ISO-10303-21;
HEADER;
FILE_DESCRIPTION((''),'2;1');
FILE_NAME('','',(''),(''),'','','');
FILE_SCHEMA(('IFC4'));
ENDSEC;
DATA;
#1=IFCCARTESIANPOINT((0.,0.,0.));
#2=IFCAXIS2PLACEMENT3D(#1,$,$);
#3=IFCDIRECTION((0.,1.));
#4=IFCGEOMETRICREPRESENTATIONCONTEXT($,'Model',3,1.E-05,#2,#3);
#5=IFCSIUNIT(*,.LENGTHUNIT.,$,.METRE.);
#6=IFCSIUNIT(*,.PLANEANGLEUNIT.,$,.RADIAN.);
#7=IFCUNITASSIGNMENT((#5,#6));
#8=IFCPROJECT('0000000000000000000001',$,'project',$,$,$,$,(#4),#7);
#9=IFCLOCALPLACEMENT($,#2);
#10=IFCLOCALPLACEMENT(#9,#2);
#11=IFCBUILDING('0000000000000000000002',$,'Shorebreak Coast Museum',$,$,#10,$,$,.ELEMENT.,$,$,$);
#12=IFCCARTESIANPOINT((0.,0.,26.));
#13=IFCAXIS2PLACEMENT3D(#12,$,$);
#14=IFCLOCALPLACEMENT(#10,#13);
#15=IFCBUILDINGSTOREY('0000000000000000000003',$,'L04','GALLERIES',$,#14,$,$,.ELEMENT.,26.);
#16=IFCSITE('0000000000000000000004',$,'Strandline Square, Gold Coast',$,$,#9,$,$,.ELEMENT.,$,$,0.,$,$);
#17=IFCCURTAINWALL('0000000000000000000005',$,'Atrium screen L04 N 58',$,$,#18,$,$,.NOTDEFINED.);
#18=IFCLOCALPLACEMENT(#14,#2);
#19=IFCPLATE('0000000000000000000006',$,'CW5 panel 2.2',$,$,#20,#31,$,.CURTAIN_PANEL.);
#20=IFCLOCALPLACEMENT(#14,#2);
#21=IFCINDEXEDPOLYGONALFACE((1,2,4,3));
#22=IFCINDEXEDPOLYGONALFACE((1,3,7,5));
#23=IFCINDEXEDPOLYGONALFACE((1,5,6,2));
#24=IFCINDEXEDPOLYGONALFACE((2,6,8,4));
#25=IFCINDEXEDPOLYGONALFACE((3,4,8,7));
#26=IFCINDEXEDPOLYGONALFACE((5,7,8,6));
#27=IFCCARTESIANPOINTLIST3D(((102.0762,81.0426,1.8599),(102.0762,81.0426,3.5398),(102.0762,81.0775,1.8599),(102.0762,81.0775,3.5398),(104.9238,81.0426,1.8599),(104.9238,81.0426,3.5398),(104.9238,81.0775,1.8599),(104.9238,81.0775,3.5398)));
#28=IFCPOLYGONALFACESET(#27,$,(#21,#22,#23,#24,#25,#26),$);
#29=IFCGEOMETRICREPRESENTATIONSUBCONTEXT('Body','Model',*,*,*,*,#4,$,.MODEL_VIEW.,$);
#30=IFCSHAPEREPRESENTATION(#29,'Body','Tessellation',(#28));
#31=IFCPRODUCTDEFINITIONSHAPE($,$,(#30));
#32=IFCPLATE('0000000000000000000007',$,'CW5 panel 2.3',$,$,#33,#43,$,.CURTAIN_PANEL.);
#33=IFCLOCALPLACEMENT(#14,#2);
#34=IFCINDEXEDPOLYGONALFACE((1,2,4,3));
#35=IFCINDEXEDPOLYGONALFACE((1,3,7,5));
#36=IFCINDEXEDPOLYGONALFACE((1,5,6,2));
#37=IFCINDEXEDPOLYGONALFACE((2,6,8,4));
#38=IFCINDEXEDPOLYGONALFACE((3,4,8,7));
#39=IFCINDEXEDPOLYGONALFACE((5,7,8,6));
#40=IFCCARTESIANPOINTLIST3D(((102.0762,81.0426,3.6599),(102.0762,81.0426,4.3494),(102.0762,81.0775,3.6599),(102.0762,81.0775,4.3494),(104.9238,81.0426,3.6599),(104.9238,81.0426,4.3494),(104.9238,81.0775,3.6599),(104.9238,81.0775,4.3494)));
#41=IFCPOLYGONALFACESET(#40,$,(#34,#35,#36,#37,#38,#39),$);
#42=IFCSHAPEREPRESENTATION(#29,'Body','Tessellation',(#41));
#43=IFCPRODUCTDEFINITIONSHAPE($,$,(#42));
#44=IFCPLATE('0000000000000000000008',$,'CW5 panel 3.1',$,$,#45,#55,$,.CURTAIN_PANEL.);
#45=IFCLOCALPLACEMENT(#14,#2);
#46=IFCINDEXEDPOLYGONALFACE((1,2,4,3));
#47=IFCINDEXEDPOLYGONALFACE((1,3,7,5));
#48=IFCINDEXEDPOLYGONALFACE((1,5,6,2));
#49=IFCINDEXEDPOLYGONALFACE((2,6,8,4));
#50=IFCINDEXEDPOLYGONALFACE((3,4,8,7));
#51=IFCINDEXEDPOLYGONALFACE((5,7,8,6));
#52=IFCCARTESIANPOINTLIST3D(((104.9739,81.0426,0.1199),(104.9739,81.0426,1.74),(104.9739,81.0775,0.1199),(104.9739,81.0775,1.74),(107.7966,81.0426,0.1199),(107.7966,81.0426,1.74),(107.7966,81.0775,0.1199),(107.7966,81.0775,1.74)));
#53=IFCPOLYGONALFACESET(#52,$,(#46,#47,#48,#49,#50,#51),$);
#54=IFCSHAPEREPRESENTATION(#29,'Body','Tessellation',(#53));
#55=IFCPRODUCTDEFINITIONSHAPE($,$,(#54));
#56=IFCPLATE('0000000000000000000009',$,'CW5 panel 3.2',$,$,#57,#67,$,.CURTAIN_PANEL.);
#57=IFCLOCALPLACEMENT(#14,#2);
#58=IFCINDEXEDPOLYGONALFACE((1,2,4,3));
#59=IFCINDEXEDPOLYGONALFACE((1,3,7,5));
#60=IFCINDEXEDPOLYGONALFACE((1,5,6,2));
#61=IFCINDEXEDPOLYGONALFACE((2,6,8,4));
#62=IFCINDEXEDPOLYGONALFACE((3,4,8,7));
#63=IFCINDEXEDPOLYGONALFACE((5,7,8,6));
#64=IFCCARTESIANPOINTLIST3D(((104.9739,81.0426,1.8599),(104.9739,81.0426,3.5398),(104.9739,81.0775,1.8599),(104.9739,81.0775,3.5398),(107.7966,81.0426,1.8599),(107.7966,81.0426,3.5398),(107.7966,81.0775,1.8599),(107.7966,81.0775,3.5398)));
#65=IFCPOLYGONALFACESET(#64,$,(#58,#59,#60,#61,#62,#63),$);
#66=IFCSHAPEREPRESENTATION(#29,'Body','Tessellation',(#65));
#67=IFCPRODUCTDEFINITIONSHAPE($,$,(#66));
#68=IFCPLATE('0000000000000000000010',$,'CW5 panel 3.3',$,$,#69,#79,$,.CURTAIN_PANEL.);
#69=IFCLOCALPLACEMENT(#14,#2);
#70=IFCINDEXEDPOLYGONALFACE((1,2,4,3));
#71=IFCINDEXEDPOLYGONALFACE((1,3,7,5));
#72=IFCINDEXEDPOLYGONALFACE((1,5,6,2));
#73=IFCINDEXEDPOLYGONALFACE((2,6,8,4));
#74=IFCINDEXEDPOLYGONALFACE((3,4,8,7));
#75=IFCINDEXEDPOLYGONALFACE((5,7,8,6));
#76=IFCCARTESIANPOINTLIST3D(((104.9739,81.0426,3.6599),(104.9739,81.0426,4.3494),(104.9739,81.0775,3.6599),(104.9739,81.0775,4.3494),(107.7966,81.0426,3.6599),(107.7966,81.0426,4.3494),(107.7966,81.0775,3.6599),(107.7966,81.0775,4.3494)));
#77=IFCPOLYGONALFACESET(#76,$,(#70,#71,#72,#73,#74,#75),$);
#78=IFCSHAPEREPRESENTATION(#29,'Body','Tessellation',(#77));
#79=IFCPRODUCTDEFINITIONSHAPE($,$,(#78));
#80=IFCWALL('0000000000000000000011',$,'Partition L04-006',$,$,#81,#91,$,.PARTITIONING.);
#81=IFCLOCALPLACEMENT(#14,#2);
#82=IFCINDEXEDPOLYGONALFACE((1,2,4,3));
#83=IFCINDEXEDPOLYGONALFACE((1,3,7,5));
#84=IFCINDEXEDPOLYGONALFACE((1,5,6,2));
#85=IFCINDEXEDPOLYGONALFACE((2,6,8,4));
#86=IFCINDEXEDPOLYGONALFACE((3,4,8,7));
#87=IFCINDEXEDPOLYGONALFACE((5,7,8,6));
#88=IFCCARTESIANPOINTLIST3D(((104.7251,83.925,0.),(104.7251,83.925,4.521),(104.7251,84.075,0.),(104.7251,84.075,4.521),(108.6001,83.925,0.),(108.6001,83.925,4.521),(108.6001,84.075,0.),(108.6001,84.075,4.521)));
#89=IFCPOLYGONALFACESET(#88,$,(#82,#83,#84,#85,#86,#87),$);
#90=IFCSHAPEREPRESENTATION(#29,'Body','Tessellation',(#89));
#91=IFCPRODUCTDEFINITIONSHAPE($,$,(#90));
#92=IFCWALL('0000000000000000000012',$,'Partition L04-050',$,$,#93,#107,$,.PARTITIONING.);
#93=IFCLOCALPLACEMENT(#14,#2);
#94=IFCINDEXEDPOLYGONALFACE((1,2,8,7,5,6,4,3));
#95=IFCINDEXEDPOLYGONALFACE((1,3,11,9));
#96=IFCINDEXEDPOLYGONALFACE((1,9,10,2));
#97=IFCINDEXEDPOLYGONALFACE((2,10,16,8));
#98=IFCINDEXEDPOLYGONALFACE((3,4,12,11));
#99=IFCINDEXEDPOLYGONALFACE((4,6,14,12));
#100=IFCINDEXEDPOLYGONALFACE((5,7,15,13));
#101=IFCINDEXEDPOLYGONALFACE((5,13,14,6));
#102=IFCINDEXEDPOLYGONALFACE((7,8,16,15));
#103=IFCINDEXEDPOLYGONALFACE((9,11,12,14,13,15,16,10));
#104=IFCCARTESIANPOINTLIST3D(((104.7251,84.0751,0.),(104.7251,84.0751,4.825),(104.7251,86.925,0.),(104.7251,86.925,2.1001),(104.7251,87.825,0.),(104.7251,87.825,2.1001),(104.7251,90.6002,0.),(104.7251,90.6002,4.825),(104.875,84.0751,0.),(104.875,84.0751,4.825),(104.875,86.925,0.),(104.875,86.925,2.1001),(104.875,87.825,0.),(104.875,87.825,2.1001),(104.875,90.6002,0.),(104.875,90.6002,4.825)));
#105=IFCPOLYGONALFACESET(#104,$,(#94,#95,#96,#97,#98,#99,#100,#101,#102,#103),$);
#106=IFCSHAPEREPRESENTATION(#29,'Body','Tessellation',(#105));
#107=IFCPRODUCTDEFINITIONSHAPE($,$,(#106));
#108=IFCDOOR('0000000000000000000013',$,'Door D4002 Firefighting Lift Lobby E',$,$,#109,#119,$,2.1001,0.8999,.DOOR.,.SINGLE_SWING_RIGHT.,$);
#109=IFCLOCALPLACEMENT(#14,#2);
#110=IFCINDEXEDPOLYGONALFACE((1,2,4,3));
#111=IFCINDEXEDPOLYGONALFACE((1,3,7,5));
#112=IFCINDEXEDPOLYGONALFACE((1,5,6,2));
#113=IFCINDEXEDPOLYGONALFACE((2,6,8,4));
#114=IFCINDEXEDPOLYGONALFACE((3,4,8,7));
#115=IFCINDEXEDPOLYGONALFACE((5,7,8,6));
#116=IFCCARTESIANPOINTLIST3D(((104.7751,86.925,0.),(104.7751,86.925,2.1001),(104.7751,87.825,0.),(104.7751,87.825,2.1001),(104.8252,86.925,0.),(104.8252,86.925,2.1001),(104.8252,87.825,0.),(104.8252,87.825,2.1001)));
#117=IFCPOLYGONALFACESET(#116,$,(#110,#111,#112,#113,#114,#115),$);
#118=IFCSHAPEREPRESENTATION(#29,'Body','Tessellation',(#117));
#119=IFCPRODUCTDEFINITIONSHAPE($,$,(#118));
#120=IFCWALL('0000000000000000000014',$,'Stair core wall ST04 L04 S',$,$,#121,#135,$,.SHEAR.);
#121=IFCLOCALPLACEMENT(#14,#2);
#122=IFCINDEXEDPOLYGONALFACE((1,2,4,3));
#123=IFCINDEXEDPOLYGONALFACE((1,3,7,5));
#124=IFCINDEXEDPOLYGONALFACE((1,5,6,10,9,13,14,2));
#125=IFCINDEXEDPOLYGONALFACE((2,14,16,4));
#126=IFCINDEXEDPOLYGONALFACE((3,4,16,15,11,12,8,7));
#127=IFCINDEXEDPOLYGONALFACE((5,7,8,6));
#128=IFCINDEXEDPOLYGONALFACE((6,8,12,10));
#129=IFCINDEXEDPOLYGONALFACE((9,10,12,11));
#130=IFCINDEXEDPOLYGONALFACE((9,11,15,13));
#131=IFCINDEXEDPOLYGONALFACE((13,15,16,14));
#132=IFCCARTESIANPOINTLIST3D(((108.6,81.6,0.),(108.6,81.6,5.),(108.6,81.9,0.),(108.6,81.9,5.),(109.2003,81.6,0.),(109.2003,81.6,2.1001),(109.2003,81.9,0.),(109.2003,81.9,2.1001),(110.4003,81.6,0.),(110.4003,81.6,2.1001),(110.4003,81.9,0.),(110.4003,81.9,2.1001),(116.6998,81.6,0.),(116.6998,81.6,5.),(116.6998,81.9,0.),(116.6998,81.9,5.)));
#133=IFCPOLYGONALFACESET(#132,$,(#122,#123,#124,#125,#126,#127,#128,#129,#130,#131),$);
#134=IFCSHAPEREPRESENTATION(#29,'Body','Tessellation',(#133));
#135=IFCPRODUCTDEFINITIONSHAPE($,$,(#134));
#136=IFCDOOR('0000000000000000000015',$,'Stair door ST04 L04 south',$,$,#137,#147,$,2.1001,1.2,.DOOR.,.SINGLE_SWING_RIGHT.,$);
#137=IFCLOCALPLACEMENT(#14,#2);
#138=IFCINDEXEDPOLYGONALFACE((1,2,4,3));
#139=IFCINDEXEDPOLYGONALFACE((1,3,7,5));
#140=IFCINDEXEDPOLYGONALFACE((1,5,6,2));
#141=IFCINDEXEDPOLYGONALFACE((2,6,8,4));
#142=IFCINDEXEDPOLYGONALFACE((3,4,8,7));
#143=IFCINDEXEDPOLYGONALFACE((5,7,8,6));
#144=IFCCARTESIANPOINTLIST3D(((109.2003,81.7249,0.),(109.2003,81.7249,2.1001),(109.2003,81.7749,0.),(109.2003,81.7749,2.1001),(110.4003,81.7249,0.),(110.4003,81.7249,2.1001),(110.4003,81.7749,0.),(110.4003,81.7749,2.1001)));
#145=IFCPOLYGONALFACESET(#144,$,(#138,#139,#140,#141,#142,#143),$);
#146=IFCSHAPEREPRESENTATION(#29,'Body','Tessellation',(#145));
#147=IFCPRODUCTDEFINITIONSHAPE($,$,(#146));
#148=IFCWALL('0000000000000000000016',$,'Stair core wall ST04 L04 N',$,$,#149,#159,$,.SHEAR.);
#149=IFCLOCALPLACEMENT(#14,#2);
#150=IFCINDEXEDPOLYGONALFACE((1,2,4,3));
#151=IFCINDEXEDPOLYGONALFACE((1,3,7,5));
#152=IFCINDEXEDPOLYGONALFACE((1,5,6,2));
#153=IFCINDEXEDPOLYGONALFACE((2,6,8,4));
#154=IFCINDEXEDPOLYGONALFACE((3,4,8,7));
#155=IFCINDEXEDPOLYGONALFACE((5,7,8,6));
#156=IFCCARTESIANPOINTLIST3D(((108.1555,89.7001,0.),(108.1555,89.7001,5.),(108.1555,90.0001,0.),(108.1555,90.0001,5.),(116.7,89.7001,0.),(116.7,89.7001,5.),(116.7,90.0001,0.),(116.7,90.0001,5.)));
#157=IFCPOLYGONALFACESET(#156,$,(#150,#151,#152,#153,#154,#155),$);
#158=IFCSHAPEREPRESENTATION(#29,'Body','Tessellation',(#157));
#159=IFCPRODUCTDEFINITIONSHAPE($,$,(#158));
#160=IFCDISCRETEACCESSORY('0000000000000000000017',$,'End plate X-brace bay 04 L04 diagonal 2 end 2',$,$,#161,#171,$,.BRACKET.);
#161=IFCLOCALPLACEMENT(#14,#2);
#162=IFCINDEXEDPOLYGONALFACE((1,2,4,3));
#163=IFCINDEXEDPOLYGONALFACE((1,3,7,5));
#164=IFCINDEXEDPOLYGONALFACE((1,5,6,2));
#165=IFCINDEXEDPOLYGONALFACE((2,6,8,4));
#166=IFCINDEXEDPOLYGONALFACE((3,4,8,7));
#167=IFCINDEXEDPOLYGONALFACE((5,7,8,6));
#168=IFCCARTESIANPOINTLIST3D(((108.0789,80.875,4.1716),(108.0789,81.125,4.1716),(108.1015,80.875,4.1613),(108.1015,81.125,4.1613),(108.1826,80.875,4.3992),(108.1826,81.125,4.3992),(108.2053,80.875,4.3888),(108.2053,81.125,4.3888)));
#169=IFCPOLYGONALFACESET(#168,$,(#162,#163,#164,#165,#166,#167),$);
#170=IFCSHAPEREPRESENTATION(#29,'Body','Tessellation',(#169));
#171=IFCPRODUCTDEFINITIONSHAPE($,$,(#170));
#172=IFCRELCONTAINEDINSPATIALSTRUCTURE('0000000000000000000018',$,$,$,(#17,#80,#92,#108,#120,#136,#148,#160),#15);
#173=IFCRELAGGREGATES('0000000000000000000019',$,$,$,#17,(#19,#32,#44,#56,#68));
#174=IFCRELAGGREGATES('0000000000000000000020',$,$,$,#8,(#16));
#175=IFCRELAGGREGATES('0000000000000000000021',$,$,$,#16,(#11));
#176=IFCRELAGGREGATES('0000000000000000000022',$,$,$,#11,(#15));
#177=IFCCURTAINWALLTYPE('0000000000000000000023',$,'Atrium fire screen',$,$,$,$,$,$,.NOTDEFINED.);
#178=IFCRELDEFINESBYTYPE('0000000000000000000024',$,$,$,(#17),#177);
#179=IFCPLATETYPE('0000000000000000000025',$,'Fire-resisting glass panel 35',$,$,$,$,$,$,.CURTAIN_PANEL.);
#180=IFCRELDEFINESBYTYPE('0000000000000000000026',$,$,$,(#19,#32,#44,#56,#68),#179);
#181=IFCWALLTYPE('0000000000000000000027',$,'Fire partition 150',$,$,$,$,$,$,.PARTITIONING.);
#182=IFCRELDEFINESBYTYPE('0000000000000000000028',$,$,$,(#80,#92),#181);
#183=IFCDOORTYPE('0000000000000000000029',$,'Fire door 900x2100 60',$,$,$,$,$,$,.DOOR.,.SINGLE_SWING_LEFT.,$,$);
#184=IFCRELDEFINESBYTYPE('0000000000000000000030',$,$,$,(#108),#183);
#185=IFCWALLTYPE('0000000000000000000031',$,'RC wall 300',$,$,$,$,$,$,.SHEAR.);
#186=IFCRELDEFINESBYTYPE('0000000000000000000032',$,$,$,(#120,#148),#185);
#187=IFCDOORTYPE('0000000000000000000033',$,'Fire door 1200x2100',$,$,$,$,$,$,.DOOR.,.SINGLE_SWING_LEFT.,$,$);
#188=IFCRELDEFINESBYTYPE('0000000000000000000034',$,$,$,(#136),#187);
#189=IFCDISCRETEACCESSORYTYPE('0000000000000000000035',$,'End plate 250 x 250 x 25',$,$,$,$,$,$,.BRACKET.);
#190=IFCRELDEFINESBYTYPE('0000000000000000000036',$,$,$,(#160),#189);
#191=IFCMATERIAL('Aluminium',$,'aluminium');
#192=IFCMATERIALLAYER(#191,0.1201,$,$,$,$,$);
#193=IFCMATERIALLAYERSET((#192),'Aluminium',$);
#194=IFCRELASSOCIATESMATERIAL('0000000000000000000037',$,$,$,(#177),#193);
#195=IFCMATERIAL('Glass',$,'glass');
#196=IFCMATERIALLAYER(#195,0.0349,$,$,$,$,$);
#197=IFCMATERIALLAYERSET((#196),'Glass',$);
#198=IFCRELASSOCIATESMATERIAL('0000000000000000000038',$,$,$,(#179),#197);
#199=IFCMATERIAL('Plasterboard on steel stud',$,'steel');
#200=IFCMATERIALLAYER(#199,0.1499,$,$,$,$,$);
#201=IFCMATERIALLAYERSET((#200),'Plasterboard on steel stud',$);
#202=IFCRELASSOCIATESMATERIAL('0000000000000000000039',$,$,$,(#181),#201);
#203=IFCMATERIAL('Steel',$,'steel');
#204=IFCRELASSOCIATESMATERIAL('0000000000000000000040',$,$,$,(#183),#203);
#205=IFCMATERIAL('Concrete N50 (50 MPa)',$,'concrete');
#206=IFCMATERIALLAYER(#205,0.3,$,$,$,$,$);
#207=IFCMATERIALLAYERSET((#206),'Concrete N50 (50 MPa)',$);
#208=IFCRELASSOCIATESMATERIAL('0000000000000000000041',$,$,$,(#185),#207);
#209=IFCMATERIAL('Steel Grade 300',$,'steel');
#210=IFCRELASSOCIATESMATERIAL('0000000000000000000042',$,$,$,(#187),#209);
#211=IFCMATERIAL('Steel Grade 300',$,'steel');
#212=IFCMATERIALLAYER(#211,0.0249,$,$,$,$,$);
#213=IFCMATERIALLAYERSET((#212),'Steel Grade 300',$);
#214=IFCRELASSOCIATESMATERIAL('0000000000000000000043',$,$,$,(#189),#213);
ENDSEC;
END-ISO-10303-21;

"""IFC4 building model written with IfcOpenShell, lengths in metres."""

from ifc_helpers import new_model, si_unit, direction, frame, frame_2d, origin, origin_2d, place, context, subcontext, project, spatial, polyline, rectangle, outline, extrude, material, layer, layer_set, type_object, element, fill, aggregate, save


model = new_model("IFC4")

# Units and contexts
model_context = context("Model", 3, precision=1e-05, world=origin(), true_north=direction((0.0, 1.0)))
body_context = subcontext(model_context, "Body", "Model", "MODEL_VIEW")
ifc_project = project(units=[si_unit("LENGTHUNIT", "METRE"), si_unit("PLANEANGLEUNIT", "RADIAN")], contexts=[model_context])

# Site, building, storey
site_placement = place(None, origin())
site = spatial("IfcSite", under=ifc_project, at=site_placement, Name="Strandline Square, Gold Coast", CompositionType="ELEMENT", RefElevation=0.0)
building_placement = place(site_placement, origin())
building = spatial("IfcBuilding", under=site, at=building_placement, Name="Shorebreak Coast Museum", CompositionType="ELEMENT")
storey_placement = place(building_placement, frame((0.0, 0.0, 26.0)))
storey = spatial("IfcBuildingStorey", under=building, at=storey_placement, Name="L04", Description="GALLERIES", CompositionType="ELEMENT", Elevation=26.0)

# Curtain wall, plates
ifc_material_1 = material(Name="Aluminium", Category="aluminium")
ifc_layer_1 = layer(ifc_material_1, 0.1201)
ifc_layer_set_1 = layer_set([ifc_layer_1], Name="Aluminium")
curtain_wall_type = type_object("IfcCurtainWallType", Name="Atrium fire screen", PredefinedType="NOTDEFINED", material=ifc_layer_set_1)
curtain_wall_placement = place(storey_placement, origin())
curtain_wall = element("IfcCurtainWall", 1, at=curtain_wall_placement, inside=storey, type_object=curtain_wall_type, Name="Atrium screen L04 N 58", PredefinedType="NOTDEFINED")
ifc_material_2 = material(Name="Glass", Category="glass")
ifc_layer_2 = layer(ifc_material_2, 0.0349)
ifc_layer_set_2 = layer_set([ifc_layer_2], Name="Glass")
plate_type = type_object("IfcPlateType", Name="Fire-resisting glass panel 35", PredefinedType="CURTAIN_PANEL", material=ifc_layer_set_2)
plate_1_placement = place(storey_placement, frame((103.5, 81.0601, 1.8599), z_axis=(0.0, 0.0, 1.0), x_axis=(1.0, 0.0, 0.0)))
plate_1 = element("IfcPlate", 2, at=plate_1_placement, type_object=plate_type, Name="CW5 panel 2.2", PredefinedType="CURTAIN_PANEL", context=body_context, shape_type="SweptSolid", body=[
    extrude(rectangle(XDim=2.8477, YDim=0.0349, at=origin_2d()), origin(), (0.0, 0.0, 1.0), 1.6799),
])
plate_2_placement = place(storey_placement, frame((103.5, 81.0601, 3.6599), z_axis=(0.0, 0.0, 1.0), x_axis=(1.0, 0.0, 0.0)))
plate_2 = element("IfcPlate", 3, at=plate_2_placement, type_object=plate_type, Name="CW5 panel 2.3", PredefinedType="CURTAIN_PANEL", context=body_context, shape_type="SweptSolid", body=[
    extrude(rectangle(XDim=2.8477, YDim=0.0349, at=origin_2d()), origin(), (0.0, 0.0, 1.0), 0.6895),
])
plate_3_placement = place(storey_placement, frame((106.3853, 81.0601, 0.1199), z_axis=(0.0, 0.0, 1.0), x_axis=(1.0, 0.0, 0.0)))
plate_3 = element("IfcPlate", 4, at=plate_3_placement, type_object=plate_type, Name="CW5 panel 3.1", PredefinedType="CURTAIN_PANEL", context=body_context, shape_type="SweptSolid", body=[
    extrude(rectangle(XDim=2.8228, YDim=0.0349, at=origin_2d()), origin(), (0.0, 0.0, 1.0), 1.6201),
])
plate_4_placement = place(storey_placement, frame((106.3853, 81.0601, 1.8599), z_axis=(0.0, 0.0, 1.0), x_axis=(1.0, 0.0, 0.0)))
plate_4 = element("IfcPlate", 5, at=plate_4_placement, type_object=plate_type, Name="CW5 panel 3.2", PredefinedType="CURTAIN_PANEL", context=body_context, shape_type="SweptSolid", body=[
    extrude(rectangle(XDim=2.8228, YDim=0.0349, at=origin_2d()), origin(), (0.0, 0.0, 1.0), 1.6799),
])
plate_5_placement = place(storey_placement, frame((106.3853, 81.0601, 3.6599), z_axis=(0.0, 0.0, 1.0), x_axis=(1.0, 0.0, 0.0)))
plate_5 = element("IfcPlate", 6, at=plate_5_placement, type_object=plate_type, Name="CW5 panel 3.3", PredefinedType="CURTAIN_PANEL", context=body_context, shape_type="SweptSolid", body=[
    extrude(rectangle(XDim=2.8228, YDim=0.0349, at=origin_2d()), origin(), (0.0, 0.0, 1.0), 0.6895),
])
aggregate(curtain_wall, [plate_1, plate_2, plate_3, plate_4, plate_5])

# Wall
ifc_material_3 = material(Name="Plasterboard on steel stud", Category="steel")
ifc_layer_3 = layer(ifc_material_3, 0.1499)
ifc_layer_set_3 = layer_set([ifc_layer_3], Name="Plasterboard on steel stud")
wall_type_1 = type_object("IfcWallType", Name="Fire partition 150", PredefinedType="PARTITIONING", material=ifc_layer_set_3)
wall_1_placement = place(storey_placement, frame((104.7251, 84.0, 0.0), z_axis=(0.0, 0.0, 1.0), x_axis=(1.0, 0.0, 0.0)))
element("IfcWall", 7, at=wall_1_placement, inside=storey, type_object=wall_type_1, Name="Partition L04-006", PredefinedType="PARTITIONING", context=body_context, shape_type="SweptSolid", body=[
    extrude(rectangle(XDim=3.875, YDim=0.1499, at=frame_2d((1.9375, 0.0))), origin(), (0.0, 0.0, 1.0), 4.521),
])

# Walls, openings, doors
wall_2_placement = place(storey_placement, frame((104.8, 84.075, 0.0), z_axis=(0.0, 0.0, 1.0), x_axis=(0.0, 1.0, 0.0)))
wall_2 = element("IfcWall", 8, at=wall_2_placement, inside=storey, type_object=wall_type_1, Name="Partition L04-050", PredefinedType="PARTITIONING", context=body_context, shape_type="SweptSolid", body=[
    extrude(rectangle(XDim=6.5251, YDim=0.1499, at=frame_2d((3.2627, 0.0))), origin(), (0.0, 0.0, 1.0), 4.825),
])
opening_1_placement = place(wall_2_placement, frame((2.8501, 0.0, 0.0)))
opening_1 = element("IfcOpeningElement", 9, at=opening_1_placement, cuts=wall_2, PredefinedType="OPENING", context=body_context, shape_type="SweptSolid", body=[
    extrude(rectangle(XDim=0.8999, YDim=2.1001, at=frame_2d((0.45, 1.05))), frame((0.0, 0.085, 0.0), z_axis=(0.0, -1.0, 0.0), x_axis=(1.0, 0.0, 0.0)), (0.0, 0.0, 1.0), 0.1699),
])
ifc_material_4 = material(Name="Steel", Category="steel")
door_type_1 = type_object("IfcDoorType", Name="Fire door 900x2100 60", OperationType="SINGLE_SWING_LEFT", PredefinedType="DOOR", material=ifc_material_4)
door_1_placement = place(opening_1_placement, origin())
door_1 = element("IfcDoor", 10, at=door_1_placement, inside=storey, type_object=door_type_1, Name="Door D4002 Firefighting Lift Lobby E", OperationType="SINGLE_SWING_RIGHT", OverallHeight=2.1001, OverallWidth=0.8999, PredefinedType="DOOR", context=body_context, shape_type="SweptSolid", body=[
    extrude(rectangle(XDim=0.8999, YDim=2.1001, at=frame_2d((0.45, 1.05))), frame((0.0, 0.0249, 0.0), z_axis=(0.0, -1.0, 0.0), x_axis=(1.0, 0.0, 0.0)), (0.0, 0.0, 1.0), 0.05),
])
fill(opening_1, door_1)
ifc_material_5 = material(Name="Concrete N50 (50 MPa)", Category="concrete")
ifc_layer_4 = layer(ifc_material_5, 0.3)
ifc_layer_set_4 = layer_set([ifc_layer_4], Name="Concrete N50 (50 MPa)")
wall_type_2 = type_object("IfcWallType", Name="RC wall 300", PredefinedType="SHEAR", material=ifc_layer_set_4)
wall_3_placement = place(storey_placement, frame((108.6001, 81.75, 0.0), z_axis=(0.0, 0.0, 1.0), x_axis=(1.0, 0.0, 0.0)))
wall_3 = element("IfcWall", 11, at=wall_3_placement, inside=storey, type_object=wall_type_2, Name="Stair core wall ST04 L04 S", PredefinedType="SHEAR", context=body_context, shape_type="SweptSolid", body=[
    extrude(rectangle(XDim=8.0999, YDim=0.3, at=frame_2d((4.0498, 0.0))), origin(), (0.0, 0.0, 1.0), 5.0),
])
opening_2_placement = place(wall_3_placement, frame((0.6001, 0.0, 0.0)))
opening_2 = element("IfcOpeningElement", 12, at=opening_2_placement, cuts=wall_3, PredefinedType="OPENING", context=body_context, shape_type="SweptSolid", body=[
    extrude(rectangle(XDim=1.2, YDim=2.1001, at=frame_2d((0.6001, 1.05))), frame((0.0, 0.1599, 0.0), z_axis=(0.0, -1.0, 0.0), x_axis=(1.0, 0.0, 0.0)), (0.0, 0.0, 1.0), 0.3201),
])
ifc_material_6 = material(Name="Steel Grade 300", Category="steel")
door_type_2 = type_object("IfcDoorType", Name="Fire door 1200x2100", OperationType="SINGLE_SWING_LEFT", PredefinedType="DOOR", material=ifc_material_6)
door_2_placement = place(opening_2_placement, origin())
door_2 = element("IfcDoor", 13, at=door_2_placement, inside=storey, type_object=door_type_2, Name="Stair door ST04 L04 south", OperationType="SINGLE_SWING_RIGHT", OverallHeight=2.1001, OverallWidth=1.2, PredefinedType="DOOR", context=body_context, shape_type="SweptSolid", body=[
    extrude(rectangle(XDim=1.2, YDim=2.1001, at=frame_2d((0.6001, 1.05))), frame((0.0, 0.0249, 0.0), z_axis=(0.0, -1.0, 0.0), x_axis=(1.0, 0.0, 0.0)), (0.0, 0.0, 1.0), 0.05),
])
fill(opening_2, door_2)

# Wall
wall_4_placement = place(storey_placement, frame((108.1555, 89.8501, 0.0), z_axis=(0.0, 0.0, 1.0), x_axis=(1.0, 0.0, 0.0)))
element("IfcWall", 14, at=wall_4_placement, inside=storey, type_object=wall_type_2, Name="Stair core wall ST04 L04 N", PredefinedType="SHEAR", context=body_context, shape_type="SweptSolid", body=[
    extrude(rectangle(XDim=8.5444, YDim=0.3, at=frame_2d((4.2722, 0.0))), origin(), (0.0, 0.0, 1.0), 5.0),
])

# Discrete accessory
ifc_material_7 = material(Name="Steel Grade 300", Category="steel")
ifc_layer_5 = layer(ifc_material_7, 0.0249)
ifc_layer_set_5 = layer_set([ifc_layer_5], Name="Steel Grade 300")
discrete_accessory_type = type_object("IfcDiscreteAccessoryType", Name="End plate 250 x 250 x 25", PredefinedType="BRACKET", material=ifc_layer_set_5)
discrete_accessory_placement = place(storey_placement, frame((108.0789, 81.125, 4.1716), z_axis=(-0.909864, 0.0, 0.414906), x_axis=(0.0, -1.0, 0.0)))
element("IfcDiscreteAccessory", 15, at=discrete_accessory_placement, inside=storey, type_object=discrete_accessory_type, Name="End plate X-brace bay 04 L04 diagonal 2 end 2", PredefinedType="BRACKET", context=body_context, shape_type="SweptSolid", body=[
    extrude(outline(polyline([(0.0, 0.0), (0.25, 0.0), (0.25, 0.2501), (0.0, 0.2501), (0.0, 0.0)])), origin(), (0.0, 0.0, -1.0), 0.0249),
])

save(model, "model.ifc")
